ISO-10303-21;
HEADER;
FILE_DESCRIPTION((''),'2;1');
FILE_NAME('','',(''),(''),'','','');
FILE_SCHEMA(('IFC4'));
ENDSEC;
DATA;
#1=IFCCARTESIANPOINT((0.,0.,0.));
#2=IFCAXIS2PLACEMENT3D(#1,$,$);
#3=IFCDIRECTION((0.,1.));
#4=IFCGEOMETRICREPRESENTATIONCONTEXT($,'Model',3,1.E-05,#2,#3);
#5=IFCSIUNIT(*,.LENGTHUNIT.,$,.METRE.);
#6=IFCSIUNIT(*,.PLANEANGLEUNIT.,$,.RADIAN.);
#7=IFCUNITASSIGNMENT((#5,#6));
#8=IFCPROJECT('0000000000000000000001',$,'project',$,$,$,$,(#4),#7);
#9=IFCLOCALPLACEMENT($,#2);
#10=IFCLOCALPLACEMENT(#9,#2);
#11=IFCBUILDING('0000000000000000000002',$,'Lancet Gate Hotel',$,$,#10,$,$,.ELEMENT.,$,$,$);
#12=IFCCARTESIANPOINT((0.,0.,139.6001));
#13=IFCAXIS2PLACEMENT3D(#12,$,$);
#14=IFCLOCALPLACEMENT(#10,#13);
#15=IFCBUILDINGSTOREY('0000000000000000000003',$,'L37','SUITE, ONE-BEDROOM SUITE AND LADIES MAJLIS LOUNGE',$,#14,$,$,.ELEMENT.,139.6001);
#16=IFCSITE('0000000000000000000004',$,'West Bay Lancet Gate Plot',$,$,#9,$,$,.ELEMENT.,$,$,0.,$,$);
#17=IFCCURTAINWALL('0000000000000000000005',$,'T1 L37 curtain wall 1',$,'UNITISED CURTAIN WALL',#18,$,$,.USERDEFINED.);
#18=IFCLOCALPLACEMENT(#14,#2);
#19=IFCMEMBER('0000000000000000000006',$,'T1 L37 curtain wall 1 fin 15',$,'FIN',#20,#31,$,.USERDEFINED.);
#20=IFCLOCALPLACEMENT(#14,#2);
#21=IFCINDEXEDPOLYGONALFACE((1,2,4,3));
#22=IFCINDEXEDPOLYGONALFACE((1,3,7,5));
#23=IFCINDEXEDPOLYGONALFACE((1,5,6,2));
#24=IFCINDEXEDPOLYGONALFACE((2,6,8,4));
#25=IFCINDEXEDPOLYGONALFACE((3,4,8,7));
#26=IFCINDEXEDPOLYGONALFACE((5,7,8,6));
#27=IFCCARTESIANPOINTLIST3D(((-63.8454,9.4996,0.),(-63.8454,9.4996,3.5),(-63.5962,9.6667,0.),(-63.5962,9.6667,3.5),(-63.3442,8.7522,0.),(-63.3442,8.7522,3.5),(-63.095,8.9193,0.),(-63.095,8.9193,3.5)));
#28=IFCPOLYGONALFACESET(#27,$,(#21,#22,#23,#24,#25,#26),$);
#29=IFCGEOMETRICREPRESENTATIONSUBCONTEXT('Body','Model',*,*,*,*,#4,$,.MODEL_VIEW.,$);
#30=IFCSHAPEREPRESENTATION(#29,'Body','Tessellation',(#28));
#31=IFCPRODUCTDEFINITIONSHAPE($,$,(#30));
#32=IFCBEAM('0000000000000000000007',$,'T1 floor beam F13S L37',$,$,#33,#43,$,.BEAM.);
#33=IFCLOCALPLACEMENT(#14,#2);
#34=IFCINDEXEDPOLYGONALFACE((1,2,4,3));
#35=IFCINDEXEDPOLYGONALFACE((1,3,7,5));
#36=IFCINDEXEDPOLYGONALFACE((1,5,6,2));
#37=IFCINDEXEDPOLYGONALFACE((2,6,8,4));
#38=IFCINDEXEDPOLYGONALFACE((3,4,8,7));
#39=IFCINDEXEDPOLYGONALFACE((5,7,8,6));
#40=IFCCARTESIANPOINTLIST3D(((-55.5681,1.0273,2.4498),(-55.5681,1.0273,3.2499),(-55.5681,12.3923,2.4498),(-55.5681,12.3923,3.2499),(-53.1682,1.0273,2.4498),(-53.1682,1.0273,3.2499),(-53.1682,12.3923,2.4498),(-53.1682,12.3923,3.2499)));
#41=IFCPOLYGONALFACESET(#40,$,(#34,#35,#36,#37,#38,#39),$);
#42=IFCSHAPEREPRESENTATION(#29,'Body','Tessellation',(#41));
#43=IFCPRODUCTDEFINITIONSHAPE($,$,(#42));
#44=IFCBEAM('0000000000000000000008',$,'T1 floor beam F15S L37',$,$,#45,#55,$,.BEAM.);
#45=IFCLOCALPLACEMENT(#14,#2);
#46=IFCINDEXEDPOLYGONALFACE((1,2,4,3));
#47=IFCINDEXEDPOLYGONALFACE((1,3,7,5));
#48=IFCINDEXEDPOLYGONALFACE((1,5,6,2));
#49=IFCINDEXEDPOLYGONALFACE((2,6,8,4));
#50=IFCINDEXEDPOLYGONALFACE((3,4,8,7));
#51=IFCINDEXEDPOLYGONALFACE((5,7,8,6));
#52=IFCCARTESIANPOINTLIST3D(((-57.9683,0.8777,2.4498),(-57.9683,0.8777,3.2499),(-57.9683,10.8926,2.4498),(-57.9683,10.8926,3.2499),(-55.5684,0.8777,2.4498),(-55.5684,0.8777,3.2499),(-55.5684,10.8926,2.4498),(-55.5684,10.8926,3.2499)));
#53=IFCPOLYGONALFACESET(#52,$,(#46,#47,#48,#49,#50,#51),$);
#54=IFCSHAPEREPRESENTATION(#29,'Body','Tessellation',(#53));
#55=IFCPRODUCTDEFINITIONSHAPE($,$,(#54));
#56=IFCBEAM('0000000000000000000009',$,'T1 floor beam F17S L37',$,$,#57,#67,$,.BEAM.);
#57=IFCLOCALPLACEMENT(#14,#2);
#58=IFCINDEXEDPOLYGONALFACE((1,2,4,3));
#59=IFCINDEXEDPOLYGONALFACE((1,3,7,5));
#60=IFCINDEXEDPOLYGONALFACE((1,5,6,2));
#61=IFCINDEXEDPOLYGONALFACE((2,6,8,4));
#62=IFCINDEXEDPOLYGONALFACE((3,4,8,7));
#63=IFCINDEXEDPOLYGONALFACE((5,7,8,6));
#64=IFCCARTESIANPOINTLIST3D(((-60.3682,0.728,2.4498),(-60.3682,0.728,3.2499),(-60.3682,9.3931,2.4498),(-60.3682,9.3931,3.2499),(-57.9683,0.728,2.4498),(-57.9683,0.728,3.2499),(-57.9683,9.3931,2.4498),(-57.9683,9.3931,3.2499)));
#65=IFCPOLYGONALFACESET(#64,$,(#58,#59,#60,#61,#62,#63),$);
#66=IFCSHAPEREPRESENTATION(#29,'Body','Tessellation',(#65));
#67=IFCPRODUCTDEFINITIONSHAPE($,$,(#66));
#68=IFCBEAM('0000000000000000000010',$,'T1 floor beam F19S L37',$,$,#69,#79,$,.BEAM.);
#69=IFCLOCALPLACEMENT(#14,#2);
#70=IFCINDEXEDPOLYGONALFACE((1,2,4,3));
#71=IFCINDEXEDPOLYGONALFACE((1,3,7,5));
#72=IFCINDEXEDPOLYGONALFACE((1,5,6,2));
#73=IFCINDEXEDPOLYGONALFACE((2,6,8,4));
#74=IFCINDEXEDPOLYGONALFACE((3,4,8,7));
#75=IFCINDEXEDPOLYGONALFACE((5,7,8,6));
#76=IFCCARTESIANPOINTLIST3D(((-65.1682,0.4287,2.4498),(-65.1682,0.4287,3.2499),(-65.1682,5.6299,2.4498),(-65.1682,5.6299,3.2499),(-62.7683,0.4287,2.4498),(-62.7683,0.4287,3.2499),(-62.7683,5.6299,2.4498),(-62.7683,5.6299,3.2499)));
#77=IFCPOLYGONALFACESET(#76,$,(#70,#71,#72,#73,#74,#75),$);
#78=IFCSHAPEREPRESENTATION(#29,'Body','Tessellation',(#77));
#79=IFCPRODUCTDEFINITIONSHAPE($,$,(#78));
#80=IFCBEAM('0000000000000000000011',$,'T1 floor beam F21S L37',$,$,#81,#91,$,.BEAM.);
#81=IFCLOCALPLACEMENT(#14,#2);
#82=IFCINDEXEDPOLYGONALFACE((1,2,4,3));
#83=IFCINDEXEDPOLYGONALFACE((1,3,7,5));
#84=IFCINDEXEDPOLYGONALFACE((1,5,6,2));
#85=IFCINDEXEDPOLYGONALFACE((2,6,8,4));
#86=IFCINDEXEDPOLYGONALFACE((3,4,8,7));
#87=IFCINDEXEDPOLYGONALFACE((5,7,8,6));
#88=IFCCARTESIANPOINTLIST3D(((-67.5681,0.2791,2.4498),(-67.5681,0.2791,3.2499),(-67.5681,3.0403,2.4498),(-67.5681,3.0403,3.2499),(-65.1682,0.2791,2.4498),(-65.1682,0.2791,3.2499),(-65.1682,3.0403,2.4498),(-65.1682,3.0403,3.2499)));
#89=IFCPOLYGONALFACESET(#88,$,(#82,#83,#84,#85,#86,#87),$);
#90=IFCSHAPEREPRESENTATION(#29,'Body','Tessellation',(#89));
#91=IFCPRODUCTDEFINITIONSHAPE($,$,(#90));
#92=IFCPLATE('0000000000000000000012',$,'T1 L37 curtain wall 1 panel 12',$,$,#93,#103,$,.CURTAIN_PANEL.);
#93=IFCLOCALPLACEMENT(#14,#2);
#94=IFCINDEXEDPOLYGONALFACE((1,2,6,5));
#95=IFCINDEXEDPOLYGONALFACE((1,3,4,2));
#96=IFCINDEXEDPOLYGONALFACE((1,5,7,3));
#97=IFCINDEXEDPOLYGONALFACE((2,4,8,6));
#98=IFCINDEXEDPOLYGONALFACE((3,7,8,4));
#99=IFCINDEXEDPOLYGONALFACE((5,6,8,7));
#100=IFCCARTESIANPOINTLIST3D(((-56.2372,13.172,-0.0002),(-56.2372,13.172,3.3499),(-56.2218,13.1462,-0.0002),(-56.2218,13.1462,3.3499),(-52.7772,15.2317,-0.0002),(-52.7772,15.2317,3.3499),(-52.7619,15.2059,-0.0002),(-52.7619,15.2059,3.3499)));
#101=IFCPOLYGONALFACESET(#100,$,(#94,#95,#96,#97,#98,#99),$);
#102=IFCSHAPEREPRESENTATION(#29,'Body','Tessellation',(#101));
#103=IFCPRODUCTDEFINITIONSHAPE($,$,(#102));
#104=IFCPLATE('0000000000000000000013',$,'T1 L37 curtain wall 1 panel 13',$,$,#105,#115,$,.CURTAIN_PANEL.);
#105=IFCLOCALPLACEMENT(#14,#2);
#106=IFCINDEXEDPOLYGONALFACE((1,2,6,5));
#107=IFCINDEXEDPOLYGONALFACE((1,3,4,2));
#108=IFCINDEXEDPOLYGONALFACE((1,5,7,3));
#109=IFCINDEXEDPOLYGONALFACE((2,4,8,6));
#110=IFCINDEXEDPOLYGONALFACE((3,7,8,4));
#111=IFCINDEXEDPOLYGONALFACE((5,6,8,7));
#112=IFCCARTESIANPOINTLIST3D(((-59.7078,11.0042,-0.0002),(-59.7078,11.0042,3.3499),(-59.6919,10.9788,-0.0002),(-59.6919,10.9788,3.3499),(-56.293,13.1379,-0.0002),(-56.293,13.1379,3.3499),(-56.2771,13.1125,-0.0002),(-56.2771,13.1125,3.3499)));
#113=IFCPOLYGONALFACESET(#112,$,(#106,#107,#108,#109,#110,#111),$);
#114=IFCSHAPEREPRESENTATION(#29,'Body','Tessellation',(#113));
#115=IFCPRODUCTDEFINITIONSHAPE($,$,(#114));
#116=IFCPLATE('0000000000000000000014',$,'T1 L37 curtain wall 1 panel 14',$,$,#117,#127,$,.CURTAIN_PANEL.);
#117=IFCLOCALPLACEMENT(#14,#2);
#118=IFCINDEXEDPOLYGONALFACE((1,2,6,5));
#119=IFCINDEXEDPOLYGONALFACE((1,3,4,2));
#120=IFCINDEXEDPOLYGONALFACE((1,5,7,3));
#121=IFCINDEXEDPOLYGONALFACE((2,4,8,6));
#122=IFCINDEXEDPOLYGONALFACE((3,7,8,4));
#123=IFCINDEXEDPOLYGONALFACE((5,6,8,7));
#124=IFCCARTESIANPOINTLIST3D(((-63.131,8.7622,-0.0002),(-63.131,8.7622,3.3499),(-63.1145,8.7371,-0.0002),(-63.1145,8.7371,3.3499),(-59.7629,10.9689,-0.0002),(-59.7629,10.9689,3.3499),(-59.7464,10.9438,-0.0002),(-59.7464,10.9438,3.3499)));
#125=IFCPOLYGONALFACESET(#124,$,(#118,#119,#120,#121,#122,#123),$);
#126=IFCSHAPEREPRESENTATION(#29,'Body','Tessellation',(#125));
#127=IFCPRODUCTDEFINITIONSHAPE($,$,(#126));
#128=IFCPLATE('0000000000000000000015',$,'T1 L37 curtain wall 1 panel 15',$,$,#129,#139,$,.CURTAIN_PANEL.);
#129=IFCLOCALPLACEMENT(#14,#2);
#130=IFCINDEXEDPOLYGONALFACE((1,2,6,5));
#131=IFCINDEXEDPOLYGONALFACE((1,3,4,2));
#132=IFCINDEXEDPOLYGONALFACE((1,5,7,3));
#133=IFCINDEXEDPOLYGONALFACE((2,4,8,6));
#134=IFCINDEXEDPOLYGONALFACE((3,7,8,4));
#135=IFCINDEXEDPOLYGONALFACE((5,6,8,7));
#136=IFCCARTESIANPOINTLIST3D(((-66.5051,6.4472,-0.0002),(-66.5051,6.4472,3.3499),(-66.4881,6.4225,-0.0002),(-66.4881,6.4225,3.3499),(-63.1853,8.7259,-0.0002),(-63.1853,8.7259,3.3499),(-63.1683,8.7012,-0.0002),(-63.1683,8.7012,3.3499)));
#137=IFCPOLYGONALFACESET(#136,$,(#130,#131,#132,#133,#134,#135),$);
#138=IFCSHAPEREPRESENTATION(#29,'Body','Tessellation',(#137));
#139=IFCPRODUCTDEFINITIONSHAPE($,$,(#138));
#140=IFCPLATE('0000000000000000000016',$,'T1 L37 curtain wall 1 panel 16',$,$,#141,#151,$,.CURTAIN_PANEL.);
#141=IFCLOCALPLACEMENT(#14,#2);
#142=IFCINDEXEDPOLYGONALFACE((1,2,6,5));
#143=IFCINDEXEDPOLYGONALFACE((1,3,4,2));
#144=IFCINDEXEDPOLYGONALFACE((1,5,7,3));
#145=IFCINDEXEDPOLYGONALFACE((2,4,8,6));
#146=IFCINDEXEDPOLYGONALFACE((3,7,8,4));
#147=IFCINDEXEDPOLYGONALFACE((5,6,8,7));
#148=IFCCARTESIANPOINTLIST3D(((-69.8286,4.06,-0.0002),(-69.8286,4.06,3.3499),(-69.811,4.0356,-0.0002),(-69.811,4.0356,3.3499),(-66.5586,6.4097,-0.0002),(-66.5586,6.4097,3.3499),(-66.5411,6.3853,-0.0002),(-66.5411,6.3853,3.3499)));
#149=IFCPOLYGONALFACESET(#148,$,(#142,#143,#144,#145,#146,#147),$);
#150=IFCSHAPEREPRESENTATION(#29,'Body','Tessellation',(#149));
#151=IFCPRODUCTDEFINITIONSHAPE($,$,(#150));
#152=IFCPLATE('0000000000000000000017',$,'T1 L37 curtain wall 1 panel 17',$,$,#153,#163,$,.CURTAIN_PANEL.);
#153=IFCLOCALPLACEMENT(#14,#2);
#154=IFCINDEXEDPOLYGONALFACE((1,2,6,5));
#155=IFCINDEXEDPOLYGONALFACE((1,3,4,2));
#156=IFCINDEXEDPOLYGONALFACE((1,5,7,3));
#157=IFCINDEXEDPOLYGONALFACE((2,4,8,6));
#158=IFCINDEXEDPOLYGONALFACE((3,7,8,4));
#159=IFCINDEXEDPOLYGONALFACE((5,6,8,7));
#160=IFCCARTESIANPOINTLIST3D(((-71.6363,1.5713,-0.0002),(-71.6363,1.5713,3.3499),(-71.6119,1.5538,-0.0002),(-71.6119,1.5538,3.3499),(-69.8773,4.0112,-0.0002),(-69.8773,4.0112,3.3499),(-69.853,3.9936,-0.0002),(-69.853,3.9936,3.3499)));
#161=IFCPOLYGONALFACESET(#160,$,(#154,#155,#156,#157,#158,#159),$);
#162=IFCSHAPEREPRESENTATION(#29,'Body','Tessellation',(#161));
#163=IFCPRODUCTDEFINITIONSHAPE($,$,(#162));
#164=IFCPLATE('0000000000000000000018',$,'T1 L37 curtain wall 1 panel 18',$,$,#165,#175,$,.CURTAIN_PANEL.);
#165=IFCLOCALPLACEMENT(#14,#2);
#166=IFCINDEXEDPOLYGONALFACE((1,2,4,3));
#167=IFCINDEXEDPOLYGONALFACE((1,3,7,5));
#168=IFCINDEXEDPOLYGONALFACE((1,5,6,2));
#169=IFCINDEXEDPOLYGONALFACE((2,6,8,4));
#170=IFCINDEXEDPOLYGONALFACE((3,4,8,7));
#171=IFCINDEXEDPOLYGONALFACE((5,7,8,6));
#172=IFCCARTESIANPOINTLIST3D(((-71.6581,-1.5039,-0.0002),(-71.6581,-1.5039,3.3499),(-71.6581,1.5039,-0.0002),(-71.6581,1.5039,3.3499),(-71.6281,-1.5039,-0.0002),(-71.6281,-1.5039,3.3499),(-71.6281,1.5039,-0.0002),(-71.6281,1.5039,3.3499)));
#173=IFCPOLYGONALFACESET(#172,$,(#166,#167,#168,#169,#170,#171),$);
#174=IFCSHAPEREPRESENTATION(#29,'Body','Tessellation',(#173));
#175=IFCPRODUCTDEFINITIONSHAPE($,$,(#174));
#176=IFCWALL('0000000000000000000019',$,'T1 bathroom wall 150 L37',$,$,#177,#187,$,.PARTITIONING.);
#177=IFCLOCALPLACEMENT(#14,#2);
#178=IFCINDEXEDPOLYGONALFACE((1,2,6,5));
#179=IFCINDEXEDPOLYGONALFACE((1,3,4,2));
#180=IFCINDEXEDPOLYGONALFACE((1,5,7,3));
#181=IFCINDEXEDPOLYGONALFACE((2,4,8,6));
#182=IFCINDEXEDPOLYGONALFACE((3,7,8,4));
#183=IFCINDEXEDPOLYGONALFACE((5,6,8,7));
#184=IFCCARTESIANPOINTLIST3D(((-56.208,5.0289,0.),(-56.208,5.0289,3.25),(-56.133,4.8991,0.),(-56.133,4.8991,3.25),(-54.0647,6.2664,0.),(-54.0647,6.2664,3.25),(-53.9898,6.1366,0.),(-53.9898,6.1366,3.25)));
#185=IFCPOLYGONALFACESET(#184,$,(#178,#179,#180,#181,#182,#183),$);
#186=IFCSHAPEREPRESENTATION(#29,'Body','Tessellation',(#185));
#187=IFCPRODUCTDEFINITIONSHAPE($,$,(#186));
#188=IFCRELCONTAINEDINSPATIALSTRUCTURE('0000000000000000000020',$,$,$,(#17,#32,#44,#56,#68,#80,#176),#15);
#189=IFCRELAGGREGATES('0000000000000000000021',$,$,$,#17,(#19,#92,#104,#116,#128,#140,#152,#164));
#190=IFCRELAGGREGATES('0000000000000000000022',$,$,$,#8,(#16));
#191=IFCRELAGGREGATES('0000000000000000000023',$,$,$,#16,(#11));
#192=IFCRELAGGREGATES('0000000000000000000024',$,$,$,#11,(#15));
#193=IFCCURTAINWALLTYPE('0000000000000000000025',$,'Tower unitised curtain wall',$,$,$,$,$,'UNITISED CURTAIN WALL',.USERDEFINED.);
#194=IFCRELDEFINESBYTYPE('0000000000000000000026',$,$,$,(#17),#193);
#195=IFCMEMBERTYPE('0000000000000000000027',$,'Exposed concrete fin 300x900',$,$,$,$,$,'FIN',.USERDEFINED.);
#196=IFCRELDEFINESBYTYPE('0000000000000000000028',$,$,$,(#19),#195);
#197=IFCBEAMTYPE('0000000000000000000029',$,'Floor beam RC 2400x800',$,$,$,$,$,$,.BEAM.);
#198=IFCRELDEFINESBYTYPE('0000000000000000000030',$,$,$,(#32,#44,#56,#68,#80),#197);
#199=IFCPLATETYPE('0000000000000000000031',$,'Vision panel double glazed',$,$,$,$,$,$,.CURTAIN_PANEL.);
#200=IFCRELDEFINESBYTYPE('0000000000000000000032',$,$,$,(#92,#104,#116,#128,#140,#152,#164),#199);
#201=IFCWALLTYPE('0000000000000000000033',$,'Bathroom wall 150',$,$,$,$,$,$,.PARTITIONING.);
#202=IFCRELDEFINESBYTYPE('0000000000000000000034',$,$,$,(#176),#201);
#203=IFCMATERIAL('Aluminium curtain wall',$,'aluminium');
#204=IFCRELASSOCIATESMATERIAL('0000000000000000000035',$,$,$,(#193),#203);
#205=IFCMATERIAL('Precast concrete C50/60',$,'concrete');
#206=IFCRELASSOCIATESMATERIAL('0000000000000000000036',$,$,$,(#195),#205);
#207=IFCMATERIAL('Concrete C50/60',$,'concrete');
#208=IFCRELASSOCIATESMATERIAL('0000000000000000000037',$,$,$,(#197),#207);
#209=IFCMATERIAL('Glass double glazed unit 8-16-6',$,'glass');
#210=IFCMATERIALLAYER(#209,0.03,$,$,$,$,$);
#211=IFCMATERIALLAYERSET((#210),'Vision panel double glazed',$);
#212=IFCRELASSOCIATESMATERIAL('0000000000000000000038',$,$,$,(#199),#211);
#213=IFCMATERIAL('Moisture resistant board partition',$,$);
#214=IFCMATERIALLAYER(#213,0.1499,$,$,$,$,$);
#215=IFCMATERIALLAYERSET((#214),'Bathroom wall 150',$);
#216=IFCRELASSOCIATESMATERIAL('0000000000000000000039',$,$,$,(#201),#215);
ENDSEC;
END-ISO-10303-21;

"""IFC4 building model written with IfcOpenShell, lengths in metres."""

from ifc_helpers import new_model, si_unit, direction, frame, frame_2d, origin, origin_2d, place, context, subcontext, project, spatial, rectangle, extrude, material, layer, layer_set, material_profile, profile_set, type_object, element, aggregate, save


model = new_model("IFC4")

# Units and contexts
model_context = context("Model", 3, precision=1e-05, world=origin(), true_north=direction((0.0, 1.0)))
body_context = subcontext(model_context, "Body", "Model", "MODEL_VIEW")
ifc_project = project(units=[si_unit("LENGTHUNIT", "METRE"), si_unit("PLANEANGLEUNIT", "RADIAN")], contexts=[model_context])

# Site, building, storey
site_placement = place(None, origin())
site = spatial("IfcSite", under=ifc_project, at=site_placement, Name="West Bay Lancet Gate Plot", CompositionType="ELEMENT", RefElevation=0.0)
building_placement = place(site_placement, origin())
building = spatial("IfcBuilding", under=site, at=building_placement, Name="Lancet Gate Hotel", CompositionType="ELEMENT")
storey_placement = place(building_placement, frame((0.0, 0.0, 139.6001)))
storey = spatial("IfcBuildingStorey", under=building, at=storey_placement, Name="L37", Description="SUITE, ONE-BEDROOM SUITE AND LADIES MAJLIS LOUNGE", CompositionType="ELEMENT", Elevation=139.6001)

# Curtain wall
ifc_material_1 = material(Name="Aluminium curtain wall", Category="aluminium")
curtain_wall_type = type_object("IfcCurtainWallType", Name="Tower unitised curtain wall", ElementType="UNITISED CURTAIN WALL", PredefinedType="USERDEFINED", material=ifc_material_1)
curtain_wall_placement = place(storey_placement, origin())
curtain_wall = element("IfcCurtainWall", 1, at=curtain_wall_placement, inside=storey, type_object=curtain_wall_type, Name="T1 L37 curtain wall 1", ObjectType="UNITISED CURTAIN WALL", PredefinedType="USERDEFINED")

# Member
ifc_material_2 = material(Name="Precast concrete C50/60", Category="concrete")
ifc_material_profile_1 = material_profile(ifc_material_2, rectangle(XDim=0.3, YDim=0.8999, at=origin_2d()), Name="FIN 300x900")
ifc_profile_set_1 = profile_set([ifc_material_profile_1], Name="Precast concrete C50/60")
member_type_1 = type_object("IfcMemberType", Name="Exposed concrete fin 300x900", ElementType="FIN", PredefinedType="USERDEFINED", material=ifc_profile_set_1)
member_1_placement = place(storey_placement, frame((-63.4702, 9.2095, 0.0), z_axis=(0.0, 0.0, 1.0), x_axis=(-0.83051, -0.557004, 0.0)))
member_1 = element("IfcMember", 2, at=member_1_placement, type_object=member_type_1, Name="T1 L37 curtain wall 1 fin 15", ObjectType="FIN", PredefinedType="USERDEFINED", context=body_context, shape_type="SweptSolid", body=[
    extrude(rectangle(XDim=0.3, YDim=0.8999, at=origin_2d()), origin(), (0.0, 0.0, 1.0), 3.5),
])

# Beams
ifc_material_3 = material(Name="Concrete C50/60", Category="concrete")
ifc_material_profile_2 = material_profile(ifc_material_3, rectangle(XDim=2.3999, YDim=0.8, at=origin_2d()), Name="RC 2400x800")
ifc_profile_set_2 = profile_set([ifc_material_profile_2], Name="Concrete C50/60")
beam_type_1 = type_object("IfcBeamType", Name="Floor beam RC 2400x800", PredefinedType="BEAM", material=ifc_profile_set_2)
beam_1_placement = place(storey_placement, frame((-54.3682, 12.3923, 2.8499), z_axis=(0.0, -1.0, 0.0), x_axis=(1.0, 0.0, 0.0)))
element("IfcBeam", 3, at=beam_1_placement, inside=storey, type_object=beam_type_1, Name="T1 floor beam F13S L37", PredefinedType="BEAM", context=body_context, shape_type="SweptSolid", body=[
    extrude(rectangle(XDim=2.3999, YDim=0.8, at=origin_2d()), origin(), (0.0, 0.0, 1.0), 11.365),
])
beam_2_placement = place(storey_placement, frame((-56.7683, 10.8926, 2.8499), z_axis=(0.0, -1.0, 0.0), x_axis=(1.0, 0.0, 0.0)))
element("IfcBeam", 4, at=beam_2_placement, inside=storey, type_object=beam_type_1, Name="T1 floor beam F15S L37", PredefinedType="BEAM", context=body_context, shape_type="SweptSolid", body=[
    extrude(rectangle(XDim=2.3999, YDim=0.8, at=origin_2d()), origin(), (0.0, 0.0, 1.0), 10.0149),
])
beam_3_placement = place(storey_placement, frame((-59.1682, 9.3931, 2.8499), z_axis=(0.0, -1.0, 0.0), x_axis=(1.0, 0.0, 0.0)))
element("IfcBeam", 5, at=beam_3_placement, inside=storey, type_object=beam_type_1, Name="T1 floor beam F17S L37", PredefinedType="BEAM", context=body_context, shape_type="SweptSolid", body=[
    extrude(rectangle(XDim=2.3999, YDim=0.8, at=origin_2d()), origin(), (0.0, 0.0, 1.0), 8.665),
])
beam_4_placement = place(storey_placement, frame((-63.9683, 5.6299, 2.8499), z_axis=(0.0, -1.0, 0.0), x_axis=(1.0, 0.0, 0.0)))
element("IfcBeam", 6, at=beam_4_placement, inside=storey, type_object=beam_type_1, Name="T1 floor beam F19S L37", PredefinedType="BEAM", context=body_context, shape_type="SweptSolid", body=[
    extrude(rectangle(XDim=2.3999, YDim=0.8, at=origin_2d()), origin(), (0.0, 0.0, 1.0), 5.2012),
])
beam_5_placement = place(storey_placement, frame((-66.3682, 3.0403, 2.8499), z_axis=(0.0, -1.0, 0.0), x_axis=(1.0, 0.0, 0.0)))
element("IfcBeam", 7, at=beam_5_placement, inside=storey, type_object=beam_type_1, Name="T1 floor beam F21S L37", PredefinedType="BEAM", context=body_context, shape_type="SweptSolid", body=[
    extrude(rectangle(XDim=2.3999, YDim=0.8, at=origin_2d()), origin(), (0.0, 0.0, 1.0), 2.7612),
])

# Plates
ifc_material_4 = material(Name="Glass double glazed unit 8-16-6", Category="glass")
ifc_layer_1 = layer(ifc_material_4, 0.03)
ifc_layer_set_1 = layer_set([ifc_layer_1], Name="Vision panel double glazed")
plate_type = type_object("IfcPlateType", Name="Vision panel double glazed", PredefinedType="CURTAIN_PANEL", material=ifc_layer_set_1)
plate_1_placement = place(storey_placement, frame((-54.4995, 14.189, -0.0002), z_axis=(0.0, 0.0, 1.0), x_axis=(-0.859271, -0.51152, 0.0)))
plate_1 = element("IfcPlate", 8, at=plate_1_placement, type_object=plate_type, Name="T1 L37 curtain wall 1 panel 12", PredefinedType="CURTAIN_PANEL", context=body_context, shape_type="SweptSolid", body=[
    extrude(rectangle(XDim=4.0266, YDim=0.03, at=origin_2d()), origin(), (0.0, 0.0, 1.0), 3.3501),
])
plate_2_placement = place(storey_placement, frame((-57.9924, 12.0583, -0.0002), z_axis=(0.0, 0.0, 1.0), x_axis=(-0.848061, -0.529899, 0.0)))
plate_2 = element("IfcPlate", 9, at=plate_2_placement, type_object=plate_type, Name="T1 L37 curtain wall 1 panel 13", PredefinedType="CURTAIN_PANEL", context=body_context, shape_type="SweptSolid", body=[
    extrude(rectangle(XDim=4.0266, YDim=0.03, at=origin_2d()), origin(), (0.0, 0.0, 1.0), 3.3501),
])
plate_3_placement = place(storey_placement, frame((-61.4387, 9.853, -0.0002), z_axis=(0.0, 0.0, 1.0), x_axis=(-0.836458, -0.548032, 0.0)))
plate_3 = element("IfcPlate", 10, at=plate_3_placement, type_object=plate_type, Name="T1 L37 curtain wall 1 panel 14", PredefinedType="CURTAIN_PANEL", context=body_context, shape_type="SweptSolid", body=[
    extrude(rectangle(XDim=4.0266, YDim=0.03, at=origin_2d()), origin(), (0.0, 0.0, 1.0), 3.3501),
])
plate_4_placement = place(storey_placement, frame((-64.8367, 7.5742, -0.0002), z_axis=(0.0, 0.0, 1.0), x_axis=(-0.824466, -0.565911, 0.0)))
plate_4 = element("IfcPlate", 11, at=plate_4_placement, type_object=plate_type, Name="T1 L37 curtain wall 1 panel 15", PredefinedType="CURTAIN_PANEL", context=body_context, shape_type="SweptSolid", body=[
    extrude(rectangle(XDim=4.0266, YDim=0.03, at=origin_2d()), origin(), (0.0, 0.0, 1.0), 3.3501),
])
plate_5_placement = place(storey_placement, frame((-68.1848, 5.2227, -0.0002), z_axis=(0.0, 0.0, 1.0), x_axis=(-0.812093, -0.583528, 0.0)))
plate_5 = element("IfcPlate", 12, at=plate_5_placement, type_object=plate_type, Name="T1 L37 curtain wall 1 panel 16", PredefinedType="CURTAIN_PANEL", context=body_context, shape_type="SweptSolid", body=[
    extrude(rectangle(XDim=4.0266, YDim=0.03, at=origin_2d()), origin(), (0.0, 0.0, 1.0), 3.3501),
])
plate_6_placement = place(storey_placement, frame((-70.7446, 2.7825, -0.0002), z_axis=(0.0, 0.0, 1.0), x_axis=(-0.584809, -0.811171, 0.0)))
plate_6 = element("IfcPlate", 13, at=plate_6_placement, type_object=plate_type, Name="T1 L37 curtain wall 1 panel 17", PredefinedType="CURTAIN_PANEL", context=body_context, shape_type="SweptSolid", body=[
    extrude(rectangle(XDim=3.0078, YDim=0.03, at=origin_2d()), origin(), (0.0, 0.0, 1.0), 3.3501),
])
plate_7_placement = place(storey_placement, frame((-71.6431, 0.0, -0.0002), z_axis=(0.0, 0.0, 1.0), x_axis=(0.0, -1.0, 0.0)))
plate_7 = element("IfcPlate", 14, at=plate_7_placement, type_object=plate_type, Name="T1 L37 curtain wall 1 panel 18", PredefinedType="CURTAIN_PANEL", context=body_context, shape_type="SweptSolid", body=[
    extrude(rectangle(XDim=3.0078, YDim=0.03, at=origin_2d()), origin(), (0.0, 0.0, 1.0), 3.3501),
])
aggregate(curtain_wall, [member_1, plate_1, plate_2, plate_3, plate_4, plate_5, plate_6, plate_7])

# Wall
ifc_material_5 = material(Name="Moisture resistant board partition")
ifc_layer_2 = layer(ifc_material_5, 0.1499)
ifc_layer_set_2 = layer_set([ifc_layer_2], Name="Bathroom wall 150")
wall_type_1 = type_object("IfcWallType", Name="Bathroom wall 150", PredefinedType="PARTITIONING", material=ifc_layer_set_2)
wall_1_placement = place(storey_placement, frame((-54.0273, 6.2014, 0.0), z_axis=(0.0, 0.0, 1.0), x_axis=(-0.866007, -0.500033, 0.0)))
element("IfcWall", 15, at=wall_1_placement, inside=storey, type_object=wall_type_1, Name="T1 bathroom wall 150 L37", PredefinedType="PARTITIONING", context=body_context, shape_type="SweptSolid", body=[
    extrude(rectangle(XDim=2.4749, YDim=0.1499, at=frame_2d((1.2373, 0.0))), origin(), (0.0, 0.0, 1.0), 3.25),
])

save(model, "model.ifc")
